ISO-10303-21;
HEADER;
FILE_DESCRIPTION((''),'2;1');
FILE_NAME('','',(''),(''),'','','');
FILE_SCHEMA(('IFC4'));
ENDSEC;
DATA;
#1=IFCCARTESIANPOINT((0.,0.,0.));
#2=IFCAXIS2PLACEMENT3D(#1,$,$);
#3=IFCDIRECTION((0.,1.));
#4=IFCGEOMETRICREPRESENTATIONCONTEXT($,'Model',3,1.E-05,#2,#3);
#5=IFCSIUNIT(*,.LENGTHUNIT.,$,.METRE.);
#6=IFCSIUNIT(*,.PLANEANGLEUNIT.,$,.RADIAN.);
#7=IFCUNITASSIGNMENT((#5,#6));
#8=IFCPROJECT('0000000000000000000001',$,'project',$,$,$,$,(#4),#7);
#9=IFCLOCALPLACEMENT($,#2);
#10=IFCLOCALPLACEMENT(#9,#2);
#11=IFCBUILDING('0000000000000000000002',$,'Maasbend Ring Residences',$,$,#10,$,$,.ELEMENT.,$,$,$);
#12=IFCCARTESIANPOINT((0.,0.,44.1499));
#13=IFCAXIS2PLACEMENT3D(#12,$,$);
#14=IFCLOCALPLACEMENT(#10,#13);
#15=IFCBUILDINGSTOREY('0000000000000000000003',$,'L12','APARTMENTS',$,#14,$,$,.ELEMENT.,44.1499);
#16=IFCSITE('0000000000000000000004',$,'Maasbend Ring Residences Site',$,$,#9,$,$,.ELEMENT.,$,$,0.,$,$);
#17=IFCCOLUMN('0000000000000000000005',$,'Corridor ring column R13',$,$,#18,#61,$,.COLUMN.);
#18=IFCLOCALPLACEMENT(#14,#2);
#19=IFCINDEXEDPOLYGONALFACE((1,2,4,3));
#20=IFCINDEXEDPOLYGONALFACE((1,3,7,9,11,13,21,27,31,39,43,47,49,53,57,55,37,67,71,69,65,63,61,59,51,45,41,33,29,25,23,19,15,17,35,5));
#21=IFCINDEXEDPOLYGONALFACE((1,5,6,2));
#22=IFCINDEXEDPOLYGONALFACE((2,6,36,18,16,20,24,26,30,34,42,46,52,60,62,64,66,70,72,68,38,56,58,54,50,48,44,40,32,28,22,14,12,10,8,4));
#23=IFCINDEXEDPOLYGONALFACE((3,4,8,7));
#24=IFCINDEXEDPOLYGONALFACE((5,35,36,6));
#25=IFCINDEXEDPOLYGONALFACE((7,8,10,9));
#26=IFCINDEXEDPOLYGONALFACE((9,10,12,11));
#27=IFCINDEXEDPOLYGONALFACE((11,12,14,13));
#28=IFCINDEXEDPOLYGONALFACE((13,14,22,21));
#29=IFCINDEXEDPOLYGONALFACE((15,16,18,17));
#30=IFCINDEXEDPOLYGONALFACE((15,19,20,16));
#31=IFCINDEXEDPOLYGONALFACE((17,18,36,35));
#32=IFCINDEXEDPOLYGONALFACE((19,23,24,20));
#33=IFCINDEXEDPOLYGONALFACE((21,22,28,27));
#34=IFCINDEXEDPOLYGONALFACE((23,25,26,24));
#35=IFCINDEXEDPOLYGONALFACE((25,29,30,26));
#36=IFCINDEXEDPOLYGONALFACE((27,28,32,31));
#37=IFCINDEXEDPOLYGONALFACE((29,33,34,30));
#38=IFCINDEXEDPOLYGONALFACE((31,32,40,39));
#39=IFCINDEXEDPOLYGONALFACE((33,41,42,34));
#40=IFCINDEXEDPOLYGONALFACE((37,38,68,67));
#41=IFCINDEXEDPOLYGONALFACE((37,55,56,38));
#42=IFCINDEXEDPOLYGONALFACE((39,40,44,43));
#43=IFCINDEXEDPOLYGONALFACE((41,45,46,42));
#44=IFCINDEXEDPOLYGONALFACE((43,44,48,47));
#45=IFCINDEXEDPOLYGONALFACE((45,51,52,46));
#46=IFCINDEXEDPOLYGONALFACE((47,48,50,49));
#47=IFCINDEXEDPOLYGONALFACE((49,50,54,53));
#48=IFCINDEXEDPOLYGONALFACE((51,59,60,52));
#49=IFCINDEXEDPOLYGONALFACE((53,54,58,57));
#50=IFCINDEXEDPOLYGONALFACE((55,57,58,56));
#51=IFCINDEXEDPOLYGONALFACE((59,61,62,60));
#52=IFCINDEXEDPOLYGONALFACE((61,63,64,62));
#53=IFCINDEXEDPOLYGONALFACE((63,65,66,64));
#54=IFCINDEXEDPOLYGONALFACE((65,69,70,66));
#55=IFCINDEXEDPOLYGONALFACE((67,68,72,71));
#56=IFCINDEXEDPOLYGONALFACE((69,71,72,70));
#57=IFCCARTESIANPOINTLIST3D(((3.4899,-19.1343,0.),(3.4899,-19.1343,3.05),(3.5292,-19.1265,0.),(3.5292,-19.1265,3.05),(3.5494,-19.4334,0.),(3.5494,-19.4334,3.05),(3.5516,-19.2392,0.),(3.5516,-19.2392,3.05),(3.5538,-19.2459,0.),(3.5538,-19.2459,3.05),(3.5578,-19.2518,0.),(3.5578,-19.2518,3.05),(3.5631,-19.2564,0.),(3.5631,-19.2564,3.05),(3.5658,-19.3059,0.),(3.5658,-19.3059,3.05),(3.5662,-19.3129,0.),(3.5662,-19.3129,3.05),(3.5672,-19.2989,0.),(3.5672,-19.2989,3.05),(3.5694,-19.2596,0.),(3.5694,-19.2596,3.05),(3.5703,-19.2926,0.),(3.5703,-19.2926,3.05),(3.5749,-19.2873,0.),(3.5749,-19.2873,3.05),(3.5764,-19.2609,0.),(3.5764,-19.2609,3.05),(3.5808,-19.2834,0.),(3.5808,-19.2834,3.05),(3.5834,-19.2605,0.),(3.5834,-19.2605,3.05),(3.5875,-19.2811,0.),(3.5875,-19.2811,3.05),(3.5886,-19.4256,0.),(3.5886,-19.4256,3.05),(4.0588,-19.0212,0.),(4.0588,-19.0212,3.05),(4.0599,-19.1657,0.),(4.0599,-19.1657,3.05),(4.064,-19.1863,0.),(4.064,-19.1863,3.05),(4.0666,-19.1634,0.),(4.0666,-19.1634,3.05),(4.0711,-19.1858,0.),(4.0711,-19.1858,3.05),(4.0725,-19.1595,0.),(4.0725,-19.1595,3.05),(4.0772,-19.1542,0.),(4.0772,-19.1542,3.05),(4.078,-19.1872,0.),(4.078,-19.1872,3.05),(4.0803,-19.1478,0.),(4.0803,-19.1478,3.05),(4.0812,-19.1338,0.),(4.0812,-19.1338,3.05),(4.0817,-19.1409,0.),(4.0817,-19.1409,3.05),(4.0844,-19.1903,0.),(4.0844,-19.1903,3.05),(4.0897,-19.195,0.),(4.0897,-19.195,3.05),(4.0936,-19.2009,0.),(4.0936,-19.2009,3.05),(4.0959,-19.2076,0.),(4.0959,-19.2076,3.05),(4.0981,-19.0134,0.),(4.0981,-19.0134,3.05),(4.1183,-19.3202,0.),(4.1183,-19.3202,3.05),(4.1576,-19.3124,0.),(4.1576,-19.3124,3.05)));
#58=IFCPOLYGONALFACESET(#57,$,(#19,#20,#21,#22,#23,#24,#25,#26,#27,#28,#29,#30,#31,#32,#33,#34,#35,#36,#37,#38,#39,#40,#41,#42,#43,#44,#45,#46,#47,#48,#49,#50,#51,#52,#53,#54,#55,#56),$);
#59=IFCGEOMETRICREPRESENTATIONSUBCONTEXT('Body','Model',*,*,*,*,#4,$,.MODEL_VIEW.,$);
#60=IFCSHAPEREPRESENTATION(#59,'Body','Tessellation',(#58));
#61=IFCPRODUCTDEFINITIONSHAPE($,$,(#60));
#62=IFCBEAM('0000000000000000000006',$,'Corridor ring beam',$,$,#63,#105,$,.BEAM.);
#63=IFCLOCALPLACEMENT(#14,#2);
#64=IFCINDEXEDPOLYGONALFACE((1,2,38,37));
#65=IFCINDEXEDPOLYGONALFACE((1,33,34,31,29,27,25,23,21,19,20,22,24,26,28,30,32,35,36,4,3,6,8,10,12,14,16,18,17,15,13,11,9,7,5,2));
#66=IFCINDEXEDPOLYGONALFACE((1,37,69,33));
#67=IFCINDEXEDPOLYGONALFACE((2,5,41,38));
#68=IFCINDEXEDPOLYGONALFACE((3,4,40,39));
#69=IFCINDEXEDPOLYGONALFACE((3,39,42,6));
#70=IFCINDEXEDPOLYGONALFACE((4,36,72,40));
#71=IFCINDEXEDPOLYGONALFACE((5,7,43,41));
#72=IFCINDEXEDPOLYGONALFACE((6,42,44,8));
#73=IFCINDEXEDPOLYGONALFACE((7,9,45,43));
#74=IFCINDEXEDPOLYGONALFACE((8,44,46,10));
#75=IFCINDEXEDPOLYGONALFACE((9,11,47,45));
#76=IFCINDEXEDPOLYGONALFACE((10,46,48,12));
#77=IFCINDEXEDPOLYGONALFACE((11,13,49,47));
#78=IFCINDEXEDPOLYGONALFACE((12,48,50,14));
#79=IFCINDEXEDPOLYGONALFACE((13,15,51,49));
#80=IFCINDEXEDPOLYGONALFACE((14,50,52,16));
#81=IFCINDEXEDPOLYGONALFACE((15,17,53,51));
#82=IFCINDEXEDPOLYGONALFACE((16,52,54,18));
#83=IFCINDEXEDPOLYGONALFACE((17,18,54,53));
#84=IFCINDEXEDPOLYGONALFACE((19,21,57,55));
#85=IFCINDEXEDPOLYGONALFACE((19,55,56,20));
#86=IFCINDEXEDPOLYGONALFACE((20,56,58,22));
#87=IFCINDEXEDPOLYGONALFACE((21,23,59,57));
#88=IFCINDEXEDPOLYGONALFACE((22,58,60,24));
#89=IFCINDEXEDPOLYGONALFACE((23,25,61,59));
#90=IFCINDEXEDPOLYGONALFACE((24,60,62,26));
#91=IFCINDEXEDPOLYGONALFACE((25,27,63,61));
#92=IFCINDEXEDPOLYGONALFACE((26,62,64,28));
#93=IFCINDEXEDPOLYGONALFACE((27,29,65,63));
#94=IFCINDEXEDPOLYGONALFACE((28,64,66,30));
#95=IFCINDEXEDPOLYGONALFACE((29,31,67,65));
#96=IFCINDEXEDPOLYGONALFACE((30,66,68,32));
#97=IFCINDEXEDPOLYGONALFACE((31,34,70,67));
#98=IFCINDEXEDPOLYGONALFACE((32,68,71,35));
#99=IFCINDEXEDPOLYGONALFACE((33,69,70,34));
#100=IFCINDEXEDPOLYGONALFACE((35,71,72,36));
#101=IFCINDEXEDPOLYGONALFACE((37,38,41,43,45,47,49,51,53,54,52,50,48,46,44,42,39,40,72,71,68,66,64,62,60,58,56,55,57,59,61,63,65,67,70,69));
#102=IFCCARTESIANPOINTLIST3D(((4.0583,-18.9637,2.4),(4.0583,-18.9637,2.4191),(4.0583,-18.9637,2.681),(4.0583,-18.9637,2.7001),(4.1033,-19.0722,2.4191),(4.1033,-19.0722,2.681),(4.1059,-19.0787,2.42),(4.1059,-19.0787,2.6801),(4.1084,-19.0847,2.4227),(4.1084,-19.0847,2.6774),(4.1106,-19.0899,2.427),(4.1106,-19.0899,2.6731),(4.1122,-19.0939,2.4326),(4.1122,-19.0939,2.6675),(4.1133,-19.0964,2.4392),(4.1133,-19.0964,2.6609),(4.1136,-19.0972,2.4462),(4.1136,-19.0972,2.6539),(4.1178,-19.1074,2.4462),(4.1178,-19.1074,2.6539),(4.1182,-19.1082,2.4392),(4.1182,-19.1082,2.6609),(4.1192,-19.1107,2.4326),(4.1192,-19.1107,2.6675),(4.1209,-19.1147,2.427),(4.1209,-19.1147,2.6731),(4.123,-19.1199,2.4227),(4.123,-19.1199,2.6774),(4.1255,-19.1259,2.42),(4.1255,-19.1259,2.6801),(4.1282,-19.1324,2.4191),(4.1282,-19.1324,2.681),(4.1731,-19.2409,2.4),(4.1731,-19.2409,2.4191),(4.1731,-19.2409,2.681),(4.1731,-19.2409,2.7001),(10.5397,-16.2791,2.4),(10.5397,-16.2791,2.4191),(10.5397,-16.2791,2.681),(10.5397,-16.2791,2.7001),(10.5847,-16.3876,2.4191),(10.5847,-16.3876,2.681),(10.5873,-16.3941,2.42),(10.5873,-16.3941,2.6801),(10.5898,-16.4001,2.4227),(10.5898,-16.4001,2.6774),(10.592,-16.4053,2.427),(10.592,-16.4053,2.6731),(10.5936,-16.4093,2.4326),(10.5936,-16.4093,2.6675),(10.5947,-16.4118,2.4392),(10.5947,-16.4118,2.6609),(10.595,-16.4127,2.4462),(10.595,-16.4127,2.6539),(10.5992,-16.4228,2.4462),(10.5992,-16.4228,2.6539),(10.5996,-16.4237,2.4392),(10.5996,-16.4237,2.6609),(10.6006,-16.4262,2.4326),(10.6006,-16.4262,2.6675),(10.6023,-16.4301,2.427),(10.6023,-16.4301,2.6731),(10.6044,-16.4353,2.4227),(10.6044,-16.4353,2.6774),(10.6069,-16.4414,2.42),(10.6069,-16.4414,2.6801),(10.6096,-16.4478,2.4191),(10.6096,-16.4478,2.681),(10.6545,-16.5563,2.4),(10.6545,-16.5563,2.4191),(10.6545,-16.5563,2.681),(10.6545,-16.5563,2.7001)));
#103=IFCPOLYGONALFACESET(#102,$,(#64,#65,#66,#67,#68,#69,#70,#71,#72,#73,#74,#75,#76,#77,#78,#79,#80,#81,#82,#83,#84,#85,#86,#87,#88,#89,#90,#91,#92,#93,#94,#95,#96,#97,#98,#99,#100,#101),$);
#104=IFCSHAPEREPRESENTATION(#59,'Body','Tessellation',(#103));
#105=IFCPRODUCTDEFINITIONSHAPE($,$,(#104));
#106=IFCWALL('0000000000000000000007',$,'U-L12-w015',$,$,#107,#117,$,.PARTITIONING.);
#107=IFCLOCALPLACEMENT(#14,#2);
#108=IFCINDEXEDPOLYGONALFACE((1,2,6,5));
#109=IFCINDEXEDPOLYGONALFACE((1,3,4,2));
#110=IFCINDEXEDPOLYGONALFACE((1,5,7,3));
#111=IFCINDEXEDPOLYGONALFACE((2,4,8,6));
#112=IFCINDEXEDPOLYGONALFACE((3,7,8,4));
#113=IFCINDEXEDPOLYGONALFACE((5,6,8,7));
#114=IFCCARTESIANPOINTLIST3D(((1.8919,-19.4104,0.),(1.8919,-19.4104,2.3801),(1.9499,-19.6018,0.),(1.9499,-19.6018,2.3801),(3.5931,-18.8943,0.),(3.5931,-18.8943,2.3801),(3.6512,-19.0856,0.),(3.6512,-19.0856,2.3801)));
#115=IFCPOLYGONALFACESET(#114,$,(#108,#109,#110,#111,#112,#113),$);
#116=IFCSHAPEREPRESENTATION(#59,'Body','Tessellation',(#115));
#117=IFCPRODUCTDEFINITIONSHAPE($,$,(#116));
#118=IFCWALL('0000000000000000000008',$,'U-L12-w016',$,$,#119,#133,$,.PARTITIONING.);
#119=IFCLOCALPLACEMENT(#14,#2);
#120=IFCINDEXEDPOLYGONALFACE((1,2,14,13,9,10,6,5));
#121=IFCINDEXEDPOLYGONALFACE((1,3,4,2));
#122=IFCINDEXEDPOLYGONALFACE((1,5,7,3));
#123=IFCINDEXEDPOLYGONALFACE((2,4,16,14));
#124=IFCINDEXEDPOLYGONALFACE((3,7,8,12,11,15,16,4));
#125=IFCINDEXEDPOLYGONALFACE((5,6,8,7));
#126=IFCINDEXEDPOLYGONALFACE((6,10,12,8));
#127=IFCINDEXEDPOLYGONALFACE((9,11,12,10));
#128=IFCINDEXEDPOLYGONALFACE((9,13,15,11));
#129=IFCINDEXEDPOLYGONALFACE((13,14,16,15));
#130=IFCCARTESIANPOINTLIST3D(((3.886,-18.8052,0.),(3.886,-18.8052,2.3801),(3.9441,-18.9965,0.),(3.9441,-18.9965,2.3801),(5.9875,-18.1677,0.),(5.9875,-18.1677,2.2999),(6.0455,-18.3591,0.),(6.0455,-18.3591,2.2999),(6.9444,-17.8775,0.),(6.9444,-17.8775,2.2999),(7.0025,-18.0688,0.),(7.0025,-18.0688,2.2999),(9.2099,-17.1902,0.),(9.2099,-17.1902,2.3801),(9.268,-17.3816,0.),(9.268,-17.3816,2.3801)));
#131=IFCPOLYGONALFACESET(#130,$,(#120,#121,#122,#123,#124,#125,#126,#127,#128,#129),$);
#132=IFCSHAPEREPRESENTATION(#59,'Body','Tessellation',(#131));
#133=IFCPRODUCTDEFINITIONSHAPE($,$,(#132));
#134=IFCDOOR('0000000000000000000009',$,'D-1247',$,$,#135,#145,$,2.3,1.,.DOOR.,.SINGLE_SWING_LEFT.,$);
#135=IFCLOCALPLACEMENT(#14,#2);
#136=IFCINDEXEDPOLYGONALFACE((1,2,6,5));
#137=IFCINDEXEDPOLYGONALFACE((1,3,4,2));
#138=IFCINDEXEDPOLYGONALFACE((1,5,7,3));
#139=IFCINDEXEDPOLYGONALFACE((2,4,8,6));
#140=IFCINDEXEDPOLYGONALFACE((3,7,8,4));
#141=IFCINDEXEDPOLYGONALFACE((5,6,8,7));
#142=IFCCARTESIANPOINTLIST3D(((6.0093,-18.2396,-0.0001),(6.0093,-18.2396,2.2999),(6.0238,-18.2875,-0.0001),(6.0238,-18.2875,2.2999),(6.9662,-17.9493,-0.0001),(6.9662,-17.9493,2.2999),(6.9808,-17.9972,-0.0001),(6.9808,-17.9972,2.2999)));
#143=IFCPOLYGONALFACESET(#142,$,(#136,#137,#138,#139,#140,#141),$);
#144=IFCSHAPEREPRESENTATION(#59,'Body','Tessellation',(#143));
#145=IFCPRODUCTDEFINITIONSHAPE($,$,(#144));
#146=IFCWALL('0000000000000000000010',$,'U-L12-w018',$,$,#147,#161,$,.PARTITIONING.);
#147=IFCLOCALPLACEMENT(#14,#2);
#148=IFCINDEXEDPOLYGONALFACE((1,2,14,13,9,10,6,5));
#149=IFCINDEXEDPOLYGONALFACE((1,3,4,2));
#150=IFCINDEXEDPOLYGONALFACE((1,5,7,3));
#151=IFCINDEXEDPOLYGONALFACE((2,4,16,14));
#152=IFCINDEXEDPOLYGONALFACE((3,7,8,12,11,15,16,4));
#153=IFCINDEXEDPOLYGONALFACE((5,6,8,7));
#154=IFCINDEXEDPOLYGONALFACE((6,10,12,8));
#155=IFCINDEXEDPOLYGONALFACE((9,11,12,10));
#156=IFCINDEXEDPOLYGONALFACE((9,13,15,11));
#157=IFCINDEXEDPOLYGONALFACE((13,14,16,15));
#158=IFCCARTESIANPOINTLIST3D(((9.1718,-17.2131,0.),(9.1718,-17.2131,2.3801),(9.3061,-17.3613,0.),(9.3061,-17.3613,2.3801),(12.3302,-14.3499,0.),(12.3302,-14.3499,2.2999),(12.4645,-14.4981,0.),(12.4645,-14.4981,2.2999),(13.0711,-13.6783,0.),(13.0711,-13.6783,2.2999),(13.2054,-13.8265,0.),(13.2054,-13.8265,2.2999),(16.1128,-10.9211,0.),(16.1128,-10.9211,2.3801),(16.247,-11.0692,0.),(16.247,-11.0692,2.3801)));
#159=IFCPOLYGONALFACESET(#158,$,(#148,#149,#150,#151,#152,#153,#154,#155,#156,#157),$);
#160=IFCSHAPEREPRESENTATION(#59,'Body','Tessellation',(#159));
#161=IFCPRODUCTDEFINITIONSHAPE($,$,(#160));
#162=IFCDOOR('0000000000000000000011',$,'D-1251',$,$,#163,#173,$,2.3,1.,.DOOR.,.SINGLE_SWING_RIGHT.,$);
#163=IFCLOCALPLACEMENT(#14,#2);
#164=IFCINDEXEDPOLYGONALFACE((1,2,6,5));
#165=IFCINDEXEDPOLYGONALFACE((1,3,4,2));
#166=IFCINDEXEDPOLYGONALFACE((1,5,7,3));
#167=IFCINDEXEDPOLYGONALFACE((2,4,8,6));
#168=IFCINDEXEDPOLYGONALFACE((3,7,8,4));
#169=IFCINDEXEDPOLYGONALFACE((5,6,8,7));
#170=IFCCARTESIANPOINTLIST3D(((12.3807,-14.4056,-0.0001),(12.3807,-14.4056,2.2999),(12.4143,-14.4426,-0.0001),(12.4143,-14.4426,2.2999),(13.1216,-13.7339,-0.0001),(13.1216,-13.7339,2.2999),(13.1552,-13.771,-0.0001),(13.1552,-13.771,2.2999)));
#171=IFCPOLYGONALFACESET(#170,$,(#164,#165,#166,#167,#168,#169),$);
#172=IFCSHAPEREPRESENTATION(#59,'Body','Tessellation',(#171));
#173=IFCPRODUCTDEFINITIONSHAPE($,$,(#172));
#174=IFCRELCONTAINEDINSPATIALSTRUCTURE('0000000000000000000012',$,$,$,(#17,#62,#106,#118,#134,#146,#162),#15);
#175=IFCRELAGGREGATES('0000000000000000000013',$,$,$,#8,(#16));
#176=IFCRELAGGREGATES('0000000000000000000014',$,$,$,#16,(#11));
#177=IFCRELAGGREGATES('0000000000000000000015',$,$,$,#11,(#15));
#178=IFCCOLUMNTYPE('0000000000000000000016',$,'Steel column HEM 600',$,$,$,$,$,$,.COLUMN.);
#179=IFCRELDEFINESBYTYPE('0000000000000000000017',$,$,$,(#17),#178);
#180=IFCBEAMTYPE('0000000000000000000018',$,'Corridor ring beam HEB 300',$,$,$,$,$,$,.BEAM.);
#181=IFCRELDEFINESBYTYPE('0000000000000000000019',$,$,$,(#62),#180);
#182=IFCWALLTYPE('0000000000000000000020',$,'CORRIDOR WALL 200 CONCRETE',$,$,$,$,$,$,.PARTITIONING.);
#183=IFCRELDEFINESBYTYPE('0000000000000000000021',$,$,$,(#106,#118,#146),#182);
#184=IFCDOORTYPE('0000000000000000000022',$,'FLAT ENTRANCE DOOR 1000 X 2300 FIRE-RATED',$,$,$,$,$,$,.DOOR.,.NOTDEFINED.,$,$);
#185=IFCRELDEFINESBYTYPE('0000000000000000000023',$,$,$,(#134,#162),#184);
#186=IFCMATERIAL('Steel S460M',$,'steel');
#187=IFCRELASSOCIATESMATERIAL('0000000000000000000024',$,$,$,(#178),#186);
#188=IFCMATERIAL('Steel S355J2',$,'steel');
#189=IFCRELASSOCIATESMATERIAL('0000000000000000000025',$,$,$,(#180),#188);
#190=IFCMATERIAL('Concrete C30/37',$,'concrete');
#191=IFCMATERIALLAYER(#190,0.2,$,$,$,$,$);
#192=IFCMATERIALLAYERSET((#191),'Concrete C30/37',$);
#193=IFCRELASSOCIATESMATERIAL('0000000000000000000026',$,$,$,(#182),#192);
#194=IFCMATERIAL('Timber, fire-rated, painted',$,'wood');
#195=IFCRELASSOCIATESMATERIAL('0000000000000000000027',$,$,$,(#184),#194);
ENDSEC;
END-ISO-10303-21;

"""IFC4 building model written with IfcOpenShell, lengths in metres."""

from ifc_helpers import new_model, si_unit, direction, frame, frame_2d, origin, origin_2d, place, context, subcontext, project, spatial, rectangle, i_section, extrude, material, layer, layer_set, material_profile, profile_set, type_object, element, fill, save


model = new_model("IFC4")

# Units and contexts
model_context = context("Model", 3, precision=1e-05, world=origin(), true_north=direction((0.0, 1.0)))
body_context = subcontext(model_context, "Body", "Model", "MODEL_VIEW")
ifc_project = project(units=[si_unit("LENGTHUNIT", "METRE"), si_unit("PLANEANGLEUNIT", "RADIAN")], contexts=[model_context])

# Site, building, storey
site_placement = place(None, origin())
site = spatial("IfcSite", under=ifc_project, at=site_placement, Name="Maasbend Ring Residences Site", CompositionType="ELEMENT", RefElevation=0.0)
building_placement = place(site_placement, origin())
building = spatial("IfcBuilding", under=site, at=building_placement, Name="Maasbend Ring Residences", CompositionType="ELEMENT")
storey_placement = place(building_placement, frame((0.0, 0.0, 44.1499)))
storey = spatial("IfcBuildingStorey", under=building, at=storey_placement, Name="L12", Description="APARTMENTS", CompositionType="ELEMENT", Elevation=44.1499)

# Column
ifc_material_1 = material(Name="Steel S460M", Category="steel")
ifc_material_profile_1 = material_profile(ifc_material_1, i_section(OverallWidth=0.3049, OverallDepth=0.6201, WebThickness=0.021, FlangeThickness=0.04, FilletRadius=0.0271, at=origin_2d()), Name="HEM 600")
ifc_profile_set_1 = profile_set([ifc_material_profile_1], Name="Steel S460M")
column_type = type_object("IfcColumnType", Name="Steel column HEM 600", PredefinedType="COLUMN", material=ifc_profile_set_1)
column_placement = place(storey_placement, frame((3.8237, -19.2234, 0.0), z_axis=(0.0, 0.0, 1.0), x_axis=(0.19509, -0.980785, 0.0)))
element("IfcColumn", 1, at=column_placement, inside=storey, type_object=column_type, Name="Corridor ring column R13", PredefinedType="COLUMN", context=body_context, shape_type="SweptSolid", body=[
    extrude(i_section(OverallWidth=0.3049, OverallDepth=0.6201, WebThickness=0.021, FlangeThickness=0.04, FilletRadius=0.0271, at=origin_2d()), origin(), (0.0, 0.0, 1.0), 3.05),
])

# Beam
ifc_material_2 = material(Name="Steel S355J2", Category="steel")
ifc_material_profile_2 = material_profile(ifc_material_2, i_section(OverallWidth=0.3, OverallDepth=0.3, WebThickness=0.011, FlangeThickness=0.019, FilletRadius=0.0271, at=origin_2d()), Name="HEB 300")
ifc_profile_set_2 = profile_set([ifc_material_profile_2], Name="Steel S355J2")
beam_type = type_object("IfcBeamType", Name="Corridor ring beam HEB 300", PredefinedType="BEAM", material=ifc_profile_set_2)
beam_placement = place(storey_placement, frame((4.1157, -19.1023, 2.55), z_axis=(0.923886, 0.382667, 0.0), x_axis=(-0.382667, 0.923886, 0.0)))
element("IfcBeam", 2, at=beam_placement, inside=storey, type_object=beam_type, Name="Corridor ring beam", PredefinedType="BEAM", context=body_context, shape_type="SweptSolid", body=[
    extrude(i_section(OverallWidth=0.3, OverallDepth=0.3, WebThickness=0.011, FlangeThickness=0.019, FilletRadius=0.0271, at=origin_2d()), origin(), (0.0, 0.0, 1.0), 7.0154),
])

# Wall
ifc_material_3 = material(Name="Concrete C30/37", Category="concrete")
ifc_layer_1 = layer(ifc_material_3, 0.2)
ifc_layer_set_1 = layer_set([ifc_layer_1], Name="Concrete C30/37")
wall_type_1 = type_object("IfcWallType", Name="CORRIDOR WALL 200 CONCRETE", PredefinedType="PARTITIONING", material=ifc_layer_set_1)
wall_1_placement = place(storey_placement, frame((1.9209, -19.5061, 0.0), z_axis=(0.0, 0.0, 1.0), x_axis=(0.95693, 0.29032, 0.0)))
element("IfcWall", 3, at=wall_1_placement, inside=storey, type_object=wall_type_1, Name="U-L12-w015", PredefinedType="PARTITIONING", context=body_context, shape_type="SweptSolid", body=[
    extrude(rectangle(XDim=1.7778, YDim=0.2, at=frame_2d((0.8889, 0.0))), origin(), (0.0, 0.0, 1.0), 2.3801),
])

# Walls, openings, doors
wall_2_placement = place(storey_placement, frame((3.915, -18.9009, 0.0), z_axis=(0.0, 0.0, 1.0), x_axis=(0.956941, 0.290281, 0.0)))
wall_2 = element("IfcWall", 4, at=wall_2_placement, inside=storey, type_object=wall_type_1, Name="U-L12-w016", PredefinedType="PARTITIONING", context=body_context, shape_type="SweptSolid", body=[
    extrude(rectangle(XDim=5.5635, YDim=0.2, at=frame_2d((2.7817, 0.0))), origin(), (0.0, 0.0, 1.0), 2.3801),
])
opening_1_placement = place(wall_2_placement, frame((2.196, 0.0, 0.0)))
opening_1 = element("IfcOpeningElement", 5, at=opening_1_placement, cuts=wall_2, PredefinedType="OPENING", context=body_context, shape_type="SweptSolid", body=[
    extrude(rectangle(XDim=1.0, YDim=2.3, at=frame_2d((0.5, 1.1499))), frame((0.0, 0.1099, 0.0), z_axis=(0.0, -1.0, 0.0), x_axis=(1.0, 0.0, 0.0)), (0.0, 0.0, 1.0), 0.22),
])
ifc_material_4 = material(Name="Timber, fire-rated, painted", Category="wood")
door_type_1 = type_object("IfcDoorType", Name="FLAT ENTRANCE DOOR 1000 X 2300 FIRE-RATED", OperationType="NOTDEFINED", PredefinedType="DOOR", material=ifc_material_4)
door_1_placement = place(opening_1_placement, origin())
door_1 = element("IfcDoor", 6, at=door_1_placement, inside=storey, type_object=door_type_1, Name="D-1247", OperationType="SINGLE_SWING_LEFT", OverallHeight=2.3, OverallWidth=1.0, PredefinedType="DOOR", context=body_context, shape_type="SweptSolid", body=[
    extrude(rectangle(XDim=1.0, YDim=2.3, at=frame_2d((0.5, 1.1499))), frame((0.0, 0.0249, 0.0), z_axis=(0.0, -1.0, 0.0), x_axis=(1.0, 0.0, 0.0)), (0.0, 0.0, 1.0), 0.05),
])
fill(opening_1, door_1)
wall_3_placement = place(storey_placement, frame((9.239, -17.2871, 0.0), z_axis=(0.0, 0.0, 1.0), x_axis=(0.740892, 0.671624, 0.0)))
wall_3 = element("IfcWall", 7, at=wall_3_placement, inside=storey, type_object=wall_type_1, Name="U-L12-w018", PredefinedType="PARTITIONING", context=body_context, shape_type="SweptSolid", body=[
    extrude(rectangle(XDim=9.3684, YDim=0.2, at=frame_2d((4.6841, 0.0))), origin(), (0.0, 0.0, 1.0), 2.3801),
])
opening_2_placement = place(wall_3_placement, frame((4.2629, 0.0, 0.0)))
opening_2 = element("IfcOpeningElement", 8, at=opening_2_placement, cuts=wall_3, PredefinedType="OPENING", context=body_context, shape_type="SweptSolid", body=[
    extrude(rectangle(XDim=1.0, YDim=2.3, at=frame_2d((0.5, 1.1499))), frame((0.0, 0.1099, 0.0), z_axis=(0.0, -1.0, 0.0), x_axis=(1.0, 0.0, 0.0)), (0.0, 0.0, 1.0), 0.22),
])
door_2_placement = place(opening_2_placement, origin())
door_2 = element("IfcDoor", 9, at=door_2_placement, inside=storey, type_object=door_type_1, Name="D-1251", OperationType="SINGLE_SWING_RIGHT", OverallHeight=2.3, OverallWidth=1.0, PredefinedType="DOOR", context=body_context, shape_type="SweptSolid", body=[
    extrude(rectangle(XDim=1.0, YDim=2.3, at=frame_2d((0.5, 1.1499))), frame((0.0, 0.0249, 0.0), z_axis=(0.0, -1.0, 0.0), x_axis=(1.0, 0.0, 0.0)), (0.0, 0.0, 1.0), 0.05),
])
fill(opening_2, door_2)

save(model, "model.ifc")
